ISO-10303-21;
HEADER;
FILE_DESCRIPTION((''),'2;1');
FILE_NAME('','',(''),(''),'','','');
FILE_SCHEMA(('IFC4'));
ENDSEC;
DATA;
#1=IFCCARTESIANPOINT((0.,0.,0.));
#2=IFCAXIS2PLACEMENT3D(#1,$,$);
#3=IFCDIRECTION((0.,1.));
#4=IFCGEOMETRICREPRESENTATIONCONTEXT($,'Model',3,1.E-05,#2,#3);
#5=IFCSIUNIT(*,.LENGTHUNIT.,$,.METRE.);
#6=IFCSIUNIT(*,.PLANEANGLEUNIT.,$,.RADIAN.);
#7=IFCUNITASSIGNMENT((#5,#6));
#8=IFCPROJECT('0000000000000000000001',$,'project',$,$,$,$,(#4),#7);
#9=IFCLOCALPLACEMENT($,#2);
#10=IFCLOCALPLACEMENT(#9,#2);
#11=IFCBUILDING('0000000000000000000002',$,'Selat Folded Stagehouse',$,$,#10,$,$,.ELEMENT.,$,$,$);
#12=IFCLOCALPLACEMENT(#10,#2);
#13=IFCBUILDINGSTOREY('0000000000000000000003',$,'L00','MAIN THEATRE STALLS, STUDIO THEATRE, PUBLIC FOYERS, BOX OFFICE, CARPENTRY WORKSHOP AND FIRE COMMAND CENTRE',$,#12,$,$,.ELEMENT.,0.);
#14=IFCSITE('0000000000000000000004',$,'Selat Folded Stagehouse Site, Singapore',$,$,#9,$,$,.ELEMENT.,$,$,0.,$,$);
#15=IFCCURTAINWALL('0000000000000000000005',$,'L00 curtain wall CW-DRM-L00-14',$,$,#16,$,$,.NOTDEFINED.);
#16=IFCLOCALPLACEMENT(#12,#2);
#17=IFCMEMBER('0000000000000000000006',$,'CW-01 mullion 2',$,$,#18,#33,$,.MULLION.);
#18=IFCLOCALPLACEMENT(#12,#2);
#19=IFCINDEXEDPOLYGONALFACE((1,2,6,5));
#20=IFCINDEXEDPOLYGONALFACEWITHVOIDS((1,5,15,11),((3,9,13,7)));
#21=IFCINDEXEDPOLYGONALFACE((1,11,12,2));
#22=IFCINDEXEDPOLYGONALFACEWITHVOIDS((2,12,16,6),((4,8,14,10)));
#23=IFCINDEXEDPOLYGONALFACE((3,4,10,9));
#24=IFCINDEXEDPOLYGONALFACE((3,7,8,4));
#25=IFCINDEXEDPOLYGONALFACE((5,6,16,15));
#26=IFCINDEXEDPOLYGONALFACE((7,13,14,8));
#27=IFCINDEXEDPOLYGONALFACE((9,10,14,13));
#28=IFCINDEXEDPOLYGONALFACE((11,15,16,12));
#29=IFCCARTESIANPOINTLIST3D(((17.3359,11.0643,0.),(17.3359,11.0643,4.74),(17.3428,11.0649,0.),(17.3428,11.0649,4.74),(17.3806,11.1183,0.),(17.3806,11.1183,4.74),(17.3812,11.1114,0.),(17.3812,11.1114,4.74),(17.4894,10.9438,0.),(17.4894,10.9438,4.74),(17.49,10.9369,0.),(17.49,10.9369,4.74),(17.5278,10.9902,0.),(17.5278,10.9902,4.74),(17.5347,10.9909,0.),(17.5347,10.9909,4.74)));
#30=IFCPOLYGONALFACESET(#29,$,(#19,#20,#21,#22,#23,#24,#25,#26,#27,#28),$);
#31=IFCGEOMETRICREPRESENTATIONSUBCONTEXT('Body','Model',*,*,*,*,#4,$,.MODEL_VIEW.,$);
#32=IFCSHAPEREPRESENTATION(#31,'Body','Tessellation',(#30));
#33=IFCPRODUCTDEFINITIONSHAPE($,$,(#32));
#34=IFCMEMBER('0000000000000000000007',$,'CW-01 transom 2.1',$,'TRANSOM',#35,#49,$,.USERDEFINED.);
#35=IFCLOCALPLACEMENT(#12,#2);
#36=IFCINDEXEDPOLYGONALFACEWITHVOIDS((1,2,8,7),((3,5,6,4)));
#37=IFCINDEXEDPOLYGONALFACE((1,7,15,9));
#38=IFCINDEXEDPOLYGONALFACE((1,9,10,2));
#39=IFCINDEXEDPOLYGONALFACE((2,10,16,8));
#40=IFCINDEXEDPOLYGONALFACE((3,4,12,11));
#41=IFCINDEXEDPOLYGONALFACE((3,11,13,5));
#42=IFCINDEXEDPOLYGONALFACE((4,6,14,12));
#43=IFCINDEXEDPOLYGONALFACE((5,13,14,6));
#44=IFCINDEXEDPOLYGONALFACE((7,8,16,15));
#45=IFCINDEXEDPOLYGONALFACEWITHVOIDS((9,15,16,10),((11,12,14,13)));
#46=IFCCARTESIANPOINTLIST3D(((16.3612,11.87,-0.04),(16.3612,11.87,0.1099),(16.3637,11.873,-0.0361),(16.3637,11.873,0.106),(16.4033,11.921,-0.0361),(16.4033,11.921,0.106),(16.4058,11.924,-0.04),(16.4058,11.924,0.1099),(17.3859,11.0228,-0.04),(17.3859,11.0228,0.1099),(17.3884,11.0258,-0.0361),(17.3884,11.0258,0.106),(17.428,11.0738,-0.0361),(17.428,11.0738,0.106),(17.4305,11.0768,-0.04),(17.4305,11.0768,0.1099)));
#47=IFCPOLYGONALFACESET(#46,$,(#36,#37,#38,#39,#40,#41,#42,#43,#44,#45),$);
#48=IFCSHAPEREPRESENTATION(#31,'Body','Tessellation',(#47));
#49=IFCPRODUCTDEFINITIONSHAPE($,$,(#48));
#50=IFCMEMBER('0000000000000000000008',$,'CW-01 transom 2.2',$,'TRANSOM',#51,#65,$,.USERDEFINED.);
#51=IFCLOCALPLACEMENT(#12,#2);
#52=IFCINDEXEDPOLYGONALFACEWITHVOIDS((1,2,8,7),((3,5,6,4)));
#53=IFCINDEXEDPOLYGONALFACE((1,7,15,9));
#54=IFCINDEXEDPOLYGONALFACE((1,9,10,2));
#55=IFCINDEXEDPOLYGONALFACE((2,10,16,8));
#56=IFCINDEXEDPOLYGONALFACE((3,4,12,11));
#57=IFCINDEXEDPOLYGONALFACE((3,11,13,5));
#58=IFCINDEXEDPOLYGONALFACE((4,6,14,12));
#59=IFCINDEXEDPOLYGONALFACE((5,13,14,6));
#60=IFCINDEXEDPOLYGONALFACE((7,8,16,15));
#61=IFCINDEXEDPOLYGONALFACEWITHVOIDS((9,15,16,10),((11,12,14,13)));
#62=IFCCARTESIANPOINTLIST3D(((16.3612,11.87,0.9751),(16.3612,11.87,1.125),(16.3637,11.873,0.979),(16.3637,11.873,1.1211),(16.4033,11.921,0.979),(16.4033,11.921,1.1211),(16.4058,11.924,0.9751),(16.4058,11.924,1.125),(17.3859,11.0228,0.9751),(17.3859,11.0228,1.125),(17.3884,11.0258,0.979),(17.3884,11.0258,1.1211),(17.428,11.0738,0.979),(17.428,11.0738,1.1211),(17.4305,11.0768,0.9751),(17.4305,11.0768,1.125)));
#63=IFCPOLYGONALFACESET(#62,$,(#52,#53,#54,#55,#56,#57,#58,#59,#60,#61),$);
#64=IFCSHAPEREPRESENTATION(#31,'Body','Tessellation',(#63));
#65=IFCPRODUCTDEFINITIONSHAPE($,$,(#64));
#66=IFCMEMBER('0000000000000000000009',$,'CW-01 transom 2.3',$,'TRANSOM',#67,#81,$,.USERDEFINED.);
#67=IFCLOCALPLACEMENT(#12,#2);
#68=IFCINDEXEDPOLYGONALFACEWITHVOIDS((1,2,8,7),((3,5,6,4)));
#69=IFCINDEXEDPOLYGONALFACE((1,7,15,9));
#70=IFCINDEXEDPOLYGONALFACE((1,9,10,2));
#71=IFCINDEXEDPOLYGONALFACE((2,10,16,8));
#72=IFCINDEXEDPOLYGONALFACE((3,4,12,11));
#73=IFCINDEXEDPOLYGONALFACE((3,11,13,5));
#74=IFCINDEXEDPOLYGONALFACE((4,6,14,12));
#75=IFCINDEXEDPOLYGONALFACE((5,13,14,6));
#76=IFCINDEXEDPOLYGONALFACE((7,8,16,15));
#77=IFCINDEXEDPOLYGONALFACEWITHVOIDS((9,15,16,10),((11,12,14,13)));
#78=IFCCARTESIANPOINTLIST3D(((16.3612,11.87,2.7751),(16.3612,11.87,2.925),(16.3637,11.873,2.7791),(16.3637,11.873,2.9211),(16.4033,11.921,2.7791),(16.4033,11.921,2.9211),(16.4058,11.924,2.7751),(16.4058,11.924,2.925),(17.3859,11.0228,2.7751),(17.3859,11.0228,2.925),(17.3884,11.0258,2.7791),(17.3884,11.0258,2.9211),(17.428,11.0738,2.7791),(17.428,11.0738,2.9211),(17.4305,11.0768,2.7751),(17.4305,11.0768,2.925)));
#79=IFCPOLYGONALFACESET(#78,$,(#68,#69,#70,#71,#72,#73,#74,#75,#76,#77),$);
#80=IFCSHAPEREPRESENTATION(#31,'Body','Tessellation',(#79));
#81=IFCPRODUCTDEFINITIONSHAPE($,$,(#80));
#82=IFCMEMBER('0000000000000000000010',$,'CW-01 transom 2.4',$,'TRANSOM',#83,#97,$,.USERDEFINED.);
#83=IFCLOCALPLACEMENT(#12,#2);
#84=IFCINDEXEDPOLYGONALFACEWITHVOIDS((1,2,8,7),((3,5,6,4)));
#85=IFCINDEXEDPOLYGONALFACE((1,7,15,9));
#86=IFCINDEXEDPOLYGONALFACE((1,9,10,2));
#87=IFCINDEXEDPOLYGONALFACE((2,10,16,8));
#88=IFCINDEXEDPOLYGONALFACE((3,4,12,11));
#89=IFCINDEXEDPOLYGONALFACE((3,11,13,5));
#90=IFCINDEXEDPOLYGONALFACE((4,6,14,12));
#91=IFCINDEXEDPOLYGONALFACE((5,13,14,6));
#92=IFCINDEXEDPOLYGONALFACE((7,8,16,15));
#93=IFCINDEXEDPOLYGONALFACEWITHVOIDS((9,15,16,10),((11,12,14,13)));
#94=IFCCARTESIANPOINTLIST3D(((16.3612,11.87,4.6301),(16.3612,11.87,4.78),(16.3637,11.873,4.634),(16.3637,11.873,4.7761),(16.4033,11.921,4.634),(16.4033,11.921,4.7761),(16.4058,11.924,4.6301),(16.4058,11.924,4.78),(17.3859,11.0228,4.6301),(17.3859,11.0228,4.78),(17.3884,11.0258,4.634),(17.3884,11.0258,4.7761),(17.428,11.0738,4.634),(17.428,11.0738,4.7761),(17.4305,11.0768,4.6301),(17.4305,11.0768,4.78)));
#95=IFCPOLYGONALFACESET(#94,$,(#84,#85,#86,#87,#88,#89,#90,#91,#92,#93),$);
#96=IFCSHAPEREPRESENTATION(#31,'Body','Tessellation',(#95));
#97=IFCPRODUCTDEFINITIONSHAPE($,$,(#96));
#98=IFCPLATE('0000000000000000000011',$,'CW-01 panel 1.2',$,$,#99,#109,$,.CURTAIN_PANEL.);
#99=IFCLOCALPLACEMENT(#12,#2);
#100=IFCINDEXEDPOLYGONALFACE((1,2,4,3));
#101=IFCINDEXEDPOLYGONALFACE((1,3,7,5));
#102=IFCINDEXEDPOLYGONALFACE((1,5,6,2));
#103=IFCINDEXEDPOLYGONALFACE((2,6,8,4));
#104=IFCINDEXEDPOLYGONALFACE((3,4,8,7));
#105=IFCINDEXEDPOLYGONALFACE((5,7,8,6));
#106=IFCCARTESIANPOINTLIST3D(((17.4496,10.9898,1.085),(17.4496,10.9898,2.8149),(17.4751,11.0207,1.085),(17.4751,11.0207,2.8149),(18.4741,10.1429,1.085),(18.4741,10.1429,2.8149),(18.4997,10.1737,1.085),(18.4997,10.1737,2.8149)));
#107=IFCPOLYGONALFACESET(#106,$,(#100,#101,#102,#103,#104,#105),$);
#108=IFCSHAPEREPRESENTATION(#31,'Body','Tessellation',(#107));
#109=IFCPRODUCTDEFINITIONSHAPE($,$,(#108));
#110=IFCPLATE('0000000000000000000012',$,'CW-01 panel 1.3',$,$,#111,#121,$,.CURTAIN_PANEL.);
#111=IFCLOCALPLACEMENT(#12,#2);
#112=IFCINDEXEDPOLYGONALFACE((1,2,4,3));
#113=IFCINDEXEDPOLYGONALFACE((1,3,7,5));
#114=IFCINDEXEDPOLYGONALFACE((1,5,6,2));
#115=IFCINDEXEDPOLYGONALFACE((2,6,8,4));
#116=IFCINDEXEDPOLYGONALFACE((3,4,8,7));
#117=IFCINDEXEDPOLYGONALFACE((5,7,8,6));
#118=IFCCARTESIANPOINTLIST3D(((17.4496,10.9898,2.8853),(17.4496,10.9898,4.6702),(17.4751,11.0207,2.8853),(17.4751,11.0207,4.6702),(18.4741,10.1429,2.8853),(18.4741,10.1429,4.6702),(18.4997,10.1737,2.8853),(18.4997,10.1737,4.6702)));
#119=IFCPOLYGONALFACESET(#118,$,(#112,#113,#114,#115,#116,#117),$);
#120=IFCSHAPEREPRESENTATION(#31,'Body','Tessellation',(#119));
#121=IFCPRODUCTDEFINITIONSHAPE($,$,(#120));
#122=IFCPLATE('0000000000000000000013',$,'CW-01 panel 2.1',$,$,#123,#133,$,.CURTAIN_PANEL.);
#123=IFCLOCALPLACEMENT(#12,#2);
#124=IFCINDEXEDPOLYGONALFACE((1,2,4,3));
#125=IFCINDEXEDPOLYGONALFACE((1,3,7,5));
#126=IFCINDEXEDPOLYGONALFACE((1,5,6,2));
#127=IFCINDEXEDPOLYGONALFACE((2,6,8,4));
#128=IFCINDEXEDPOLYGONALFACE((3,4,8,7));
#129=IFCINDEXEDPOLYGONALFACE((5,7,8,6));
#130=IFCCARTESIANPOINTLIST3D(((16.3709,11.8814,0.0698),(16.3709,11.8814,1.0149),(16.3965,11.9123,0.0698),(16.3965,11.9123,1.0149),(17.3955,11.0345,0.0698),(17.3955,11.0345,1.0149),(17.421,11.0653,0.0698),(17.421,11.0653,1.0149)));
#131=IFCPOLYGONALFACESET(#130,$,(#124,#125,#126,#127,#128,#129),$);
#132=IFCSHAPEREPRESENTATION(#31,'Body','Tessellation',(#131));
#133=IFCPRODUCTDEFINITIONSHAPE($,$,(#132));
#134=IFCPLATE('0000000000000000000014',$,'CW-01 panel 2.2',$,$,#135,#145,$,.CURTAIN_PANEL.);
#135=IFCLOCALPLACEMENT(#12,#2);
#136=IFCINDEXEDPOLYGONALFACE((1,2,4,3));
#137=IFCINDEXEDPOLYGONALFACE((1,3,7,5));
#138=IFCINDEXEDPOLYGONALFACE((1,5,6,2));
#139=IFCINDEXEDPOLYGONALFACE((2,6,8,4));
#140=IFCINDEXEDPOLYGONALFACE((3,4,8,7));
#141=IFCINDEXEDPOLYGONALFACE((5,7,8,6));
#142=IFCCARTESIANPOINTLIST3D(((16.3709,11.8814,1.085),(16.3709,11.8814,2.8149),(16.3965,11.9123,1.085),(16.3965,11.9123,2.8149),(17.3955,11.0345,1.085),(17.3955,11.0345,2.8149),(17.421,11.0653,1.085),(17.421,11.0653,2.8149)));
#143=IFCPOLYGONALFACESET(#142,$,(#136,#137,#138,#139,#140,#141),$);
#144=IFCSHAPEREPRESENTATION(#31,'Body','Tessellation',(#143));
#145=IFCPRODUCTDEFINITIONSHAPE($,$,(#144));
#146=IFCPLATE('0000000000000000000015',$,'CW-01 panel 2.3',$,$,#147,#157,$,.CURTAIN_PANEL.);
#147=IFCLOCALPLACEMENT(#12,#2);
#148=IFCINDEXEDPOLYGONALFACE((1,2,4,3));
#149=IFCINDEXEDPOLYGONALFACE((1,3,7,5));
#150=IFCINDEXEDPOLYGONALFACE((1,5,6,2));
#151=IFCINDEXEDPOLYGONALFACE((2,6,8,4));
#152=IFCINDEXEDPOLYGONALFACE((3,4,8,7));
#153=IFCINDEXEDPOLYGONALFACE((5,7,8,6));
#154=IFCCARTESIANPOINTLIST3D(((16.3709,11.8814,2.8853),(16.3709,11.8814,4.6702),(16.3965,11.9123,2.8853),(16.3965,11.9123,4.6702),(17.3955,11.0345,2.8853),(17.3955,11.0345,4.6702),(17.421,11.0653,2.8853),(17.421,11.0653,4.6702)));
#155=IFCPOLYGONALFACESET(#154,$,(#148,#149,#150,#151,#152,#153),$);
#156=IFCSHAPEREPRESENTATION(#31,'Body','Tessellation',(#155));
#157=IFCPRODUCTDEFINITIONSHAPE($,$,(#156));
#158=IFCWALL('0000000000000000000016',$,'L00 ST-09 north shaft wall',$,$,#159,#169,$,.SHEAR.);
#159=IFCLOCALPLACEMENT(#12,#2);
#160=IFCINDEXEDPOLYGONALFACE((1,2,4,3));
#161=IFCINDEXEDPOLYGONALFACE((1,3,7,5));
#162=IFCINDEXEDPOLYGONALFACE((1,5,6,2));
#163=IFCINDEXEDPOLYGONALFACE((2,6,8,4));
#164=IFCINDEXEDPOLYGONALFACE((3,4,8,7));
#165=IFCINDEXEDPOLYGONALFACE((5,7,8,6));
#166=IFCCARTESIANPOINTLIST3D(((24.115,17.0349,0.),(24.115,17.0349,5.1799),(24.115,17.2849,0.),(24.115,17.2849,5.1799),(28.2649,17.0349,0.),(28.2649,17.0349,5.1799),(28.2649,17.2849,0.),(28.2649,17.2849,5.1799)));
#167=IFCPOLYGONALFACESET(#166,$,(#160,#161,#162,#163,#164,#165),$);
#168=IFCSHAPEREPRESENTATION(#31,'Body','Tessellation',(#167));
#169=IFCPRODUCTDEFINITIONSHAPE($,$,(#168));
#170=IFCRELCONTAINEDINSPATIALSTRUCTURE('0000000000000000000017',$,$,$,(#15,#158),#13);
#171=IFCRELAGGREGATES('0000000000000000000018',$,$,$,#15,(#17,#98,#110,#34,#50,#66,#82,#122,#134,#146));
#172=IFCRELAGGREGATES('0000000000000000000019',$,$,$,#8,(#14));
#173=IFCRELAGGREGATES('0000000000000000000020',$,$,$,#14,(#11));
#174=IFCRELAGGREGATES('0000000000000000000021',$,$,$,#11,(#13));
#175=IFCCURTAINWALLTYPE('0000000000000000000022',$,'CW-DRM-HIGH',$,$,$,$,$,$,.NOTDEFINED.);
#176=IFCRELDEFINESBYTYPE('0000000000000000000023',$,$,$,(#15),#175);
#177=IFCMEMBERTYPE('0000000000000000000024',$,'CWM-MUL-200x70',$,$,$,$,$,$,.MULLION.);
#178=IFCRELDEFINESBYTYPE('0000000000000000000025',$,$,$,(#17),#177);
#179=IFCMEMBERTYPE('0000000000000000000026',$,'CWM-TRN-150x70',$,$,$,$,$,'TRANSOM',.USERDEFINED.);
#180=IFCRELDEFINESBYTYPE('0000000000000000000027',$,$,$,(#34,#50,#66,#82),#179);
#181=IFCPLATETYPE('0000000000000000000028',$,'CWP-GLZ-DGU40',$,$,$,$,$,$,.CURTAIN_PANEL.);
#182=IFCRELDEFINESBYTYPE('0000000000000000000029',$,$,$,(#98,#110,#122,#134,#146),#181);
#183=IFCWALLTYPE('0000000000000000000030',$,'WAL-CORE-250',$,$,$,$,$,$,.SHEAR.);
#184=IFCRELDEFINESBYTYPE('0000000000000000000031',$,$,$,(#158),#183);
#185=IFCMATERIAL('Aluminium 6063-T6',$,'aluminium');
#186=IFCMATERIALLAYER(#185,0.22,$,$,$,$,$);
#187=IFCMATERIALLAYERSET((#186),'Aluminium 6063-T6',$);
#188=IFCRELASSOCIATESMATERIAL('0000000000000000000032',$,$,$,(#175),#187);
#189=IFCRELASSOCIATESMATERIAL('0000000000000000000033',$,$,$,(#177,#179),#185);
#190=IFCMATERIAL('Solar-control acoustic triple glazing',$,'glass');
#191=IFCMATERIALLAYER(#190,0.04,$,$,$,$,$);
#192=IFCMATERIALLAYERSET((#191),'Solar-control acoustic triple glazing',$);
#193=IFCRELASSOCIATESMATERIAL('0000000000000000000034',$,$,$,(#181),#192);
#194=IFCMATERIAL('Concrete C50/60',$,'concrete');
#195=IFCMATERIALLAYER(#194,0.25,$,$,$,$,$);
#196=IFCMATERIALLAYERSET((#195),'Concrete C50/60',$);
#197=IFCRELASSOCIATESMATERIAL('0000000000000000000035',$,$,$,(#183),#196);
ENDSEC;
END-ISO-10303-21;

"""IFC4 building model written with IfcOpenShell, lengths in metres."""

from ifc_helpers import new_model, si_unit, direction, frame, frame_2d, origin, origin_2d, place, context, subcontext, project, spatial, rectangle, hollow_rectangle, extrude, material, layer, layer_set, material_profile, profile_set, type_object, element, aggregate, save


model = new_model("IFC4")

# Units and contexts
model_context = context("Model", 3, precision=1e-05, world=origin(), true_north=direction((0.0, 1.0)))
body_context = subcontext(model_context, "Body", "Model", "MODEL_VIEW")
ifc_project = project(units=[si_unit("LENGTHUNIT", "METRE"), si_unit("PLANEANGLEUNIT", "RADIAN")], contexts=[model_context])

# Site, building, storey
site_placement = place(None, origin())
site = spatial("IfcSite", under=ifc_project, at=site_placement, Name="Selat Folded Stagehouse Site, Singapore", CompositionType="ELEMENT", RefElevation=0.0)
building_placement = place(site_placement, origin())
building = spatial("IfcBuilding", under=site, at=building_placement, Name="Selat Folded Stagehouse", CompositionType="ELEMENT")
storey_placement = place(building_placement, origin())
storey = spatial("IfcBuildingStorey", under=building, at=storey_placement, Name="L00", Description="MAIN THEATRE STALLS, STUDIO THEATRE, PUBLIC FOYERS, BOX OFFICE, CARPENTRY WORKSHOP AND FIRE COMMAND CENTRE", CompositionType="ELEMENT", Elevation=0.0)

# Curtain wall, members, plates
ifc_material_1 = material(Name="Aluminium 6063-T6", Category="aluminium")
ifc_layer_1 = layer(ifc_material_1, 0.22)
ifc_layer_set_1 = layer_set([ifc_layer_1], Name="Aluminium 6063-T6")
curtain_wall_type = type_object("IfcCurtainWallType", Name="CW-DRM-HIGH", PredefinedType="NOTDEFINED", material=ifc_layer_set_1)
curtain_wall_placement = place(storey_placement, origin())
curtain_wall = element("IfcCurtainWall", 1, at=curtain_wall_placement, inside=storey, type_object=curtain_wall_type, Name="L00 curtain wall CW-DRM-L00-14", PredefinedType="NOTDEFINED")
ifc_material_profile_1 = material_profile(ifc_material_1, hollow_rectangle(XDim=0.0701, YDim=0.2, WallThickness=0.0049, at=origin_2d()), Name="ALU 200x70x5.0")
ifc_profile_set_1 = profile_set([ifc_material_profile_1], Name="Aluminium 6063-T6")
member_type_1 = type_object("IfcMemberType", Name="CWM-MUL-200x70", PredefinedType="MULLION", material=ifc_profile_set_1)
member_1_placement = place(storey_placement, frame((17.4353, 11.0276, 0.0), z_axis=(0.0, 0.0, 1.0), x_axis=(-0.637142, -0.770747, 0.0)))
member_1 = element("IfcMember", 2, at=member_1_placement, type_object=member_type_1, Name="CW-01 mullion 2", PredefinedType="MULLION", context=body_context, shape_type="SweptSolid", body=[
    extrude(hollow_rectangle(XDim=0.0701, YDim=0.2, WallThickness=0.0049, at=origin_2d()), origin(), (0.0, 0.0, 1.0), 4.74),
])
ifc_material_profile_2 = material_profile(ifc_material_1, hollow_rectangle(XDim=0.0701, YDim=0.1499, WallThickness=0.0039, at=origin_2d()), Name="ALU 150x70x4.0")
ifc_profile_set_2 = profile_set([ifc_material_profile_2], Name="Aluminium 6063-T6")
member_type_2 = type_object("IfcMemberType", Name="CWM-TRN-150x70", ElementType="TRANSOM", PredefinedType="USERDEFINED", material=ifc_profile_set_2)
member_2_placement = place(storey_placement, frame((17.4082, 11.0498, 0.0349), z_axis=(-0.770699, 0.637199, 0.0), x_axis=(-0.637199, -0.770699, 0.0)))
member_2 = element("IfcMember", 3, at=member_2_placement, type_object=member_type_2, Name="CW-01 transom 2.1", ObjectType="TRANSOM", PredefinedType="USERDEFINED", context=body_context, shape_type="SweptSolid", body=[
    extrude(hollow_rectangle(XDim=0.0701, YDim=0.1499, WallThickness=0.0039, at=origin_2d()), origin(), (0.0, 0.0, 1.0), 1.3296),
])
member_3_placement = place(storey_placement, frame((17.4082, 11.0498, 1.05), z_axis=(-0.770699, 0.637199, 0.0), x_axis=(-0.637199, -0.770699, 0.0)))
member_3 = element("IfcMember", 4, at=member_3_placement, type_object=member_type_2, Name="CW-01 transom 2.2", ObjectType="TRANSOM", PredefinedType="USERDEFINED", context=body_context, shape_type="SweptSolid", body=[
    extrude(hollow_rectangle(XDim=0.0701, YDim=0.1499, WallThickness=0.0039, at=origin_2d()), origin(), (0.0, 0.0, 1.0), 1.3296),
])
member_4_placement = place(storey_placement, frame((17.4082, 11.0498, 2.8501), z_axis=(-0.770699, 0.637199, 0.0), x_axis=(-0.637199, -0.770699, 0.0)))
member_4 = element("IfcMember", 5, at=member_4_placement, type_object=member_type_2, Name="CW-01 transom 2.3", ObjectType="TRANSOM", PredefinedType="USERDEFINED", context=body_context, shape_type="SweptSolid", body=[
    extrude(hollow_rectangle(XDim=0.0701, YDim=0.1499, WallThickness=0.0039, at=origin_2d()), origin(), (0.0, 0.0, 1.0), 1.3296),
])
member_5_placement = place(storey_placement, frame((17.4082, 11.0498, 4.7051), z_axis=(-0.770699, 0.637199, 0.0), x_axis=(-0.637199, -0.770699, 0.0)))
member_5 = element("IfcMember", 6, at=member_5_placement, type_object=member_type_2, Name="CW-01 transom 2.4", ObjectType="TRANSOM", PredefinedType="USERDEFINED", context=body_context, shape_type="SweptSolid", body=[
    extrude(hollow_rectangle(XDim=0.0701, YDim=0.1499, WallThickness=0.0039, at=origin_2d()), origin(), (0.0, 0.0, 1.0), 1.3296),
])
ifc_material_2 = material(Name="Solar-control acoustic triple glazing", Category="glass")
ifc_layer_2 = layer(ifc_material_2, 0.04)
ifc_layer_set_2 = layer_set([ifc_layer_2], Name="Solar-control acoustic triple glazing")
plate_type = type_object("IfcPlateType", Name="CWP-GLZ-DGU40", PredefinedType="CURTAIN_PANEL", material=ifc_layer_set_2)
plate_1_placement = place(storey_placement, frame((17.9746, 10.5818, 1.085), z_axis=(0.0, 0.0, 1.0), x_axis=(-0.770747, 0.637142, 0.0)))
plate_1 = element("IfcPlate", 7, at=plate_1_placement, type_object=plate_type, Name="CW-01 panel 1.2", PredefinedType="CURTAIN_PANEL", context=body_context, shape_type="SweptSolid", body=[
    extrude(rectangle(XDim=1.3293, YDim=0.04, at=origin_2d()), origin(), (0.0, 0.0, 1.0), 1.73),
])
plate_2_placement = place(storey_placement, frame((17.9746, 10.5818, 2.8853), z_axis=(0.0, 0.0, 1.0), x_axis=(-0.770747, 0.637142, 0.0)))
plate_2 = element("IfcPlate", 8, at=plate_2_placement, type_object=plate_type, Name="CW-01 panel 1.3", PredefinedType="CURTAIN_PANEL", context=body_context, shape_type="SweptSolid", body=[
    extrude(rectangle(XDim=1.3293, YDim=0.04, at=origin_2d()), origin(), (0.0, 0.0, 1.0), 1.7849),
])
plate_3_placement = place(storey_placement, frame((16.896, 11.4734, 0.0698), z_axis=(0.0, 0.0, 1.0), x_axis=(-0.770747, 0.637142, 0.0)))
plate_3 = element("IfcPlate", 9, at=plate_3_placement, type_object=plate_type, Name="CW-01 panel 2.1", PredefinedType="CURTAIN_PANEL", context=body_context, shape_type="SweptSolid", body=[
    extrude(rectangle(XDim=1.3293, YDim=0.04, at=origin_2d()), origin(), (0.0, 0.0, 1.0), 0.9451),
])
plate_4_placement = place(storey_placement, frame((16.896, 11.4734, 1.085), z_axis=(0.0, 0.0, 1.0), x_axis=(-0.770747, 0.637142, 0.0)))
plate_4 = element("IfcPlate", 10, at=plate_4_placement, type_object=plate_type, Name="CW-01 panel 2.2", PredefinedType="CURTAIN_PANEL", context=body_context, shape_type="SweptSolid", body=[
    extrude(rectangle(XDim=1.3293, YDim=0.04, at=origin_2d()), origin(), (0.0, 0.0, 1.0), 1.73),
])
plate_5_placement = place(storey_placement, frame((16.896, 11.4734, 2.8853), z_axis=(0.0, 0.0, 1.0), x_axis=(-0.770747, 0.637142, 0.0)))
plate_5 = element("IfcPlate", 11, at=plate_5_placement, type_object=plate_type, Name="CW-01 panel 2.3", PredefinedType="CURTAIN_PANEL", context=body_context, shape_type="SweptSolid", body=[
    extrude(rectangle(XDim=1.3293, YDim=0.04, at=origin_2d()), origin(), (0.0, 0.0, 1.0), 1.7849),
])
aggregate(curtain_wall, [member_1, plate_1, plate_2, member_2, member_3, member_4, member_5, plate_3, plate_4, plate_5])

# Wall
ifc_material_3 = material(Name="Concrete C50/60", Category="concrete")
ifc_layer_3 = layer(ifc_material_3, 0.25)
ifc_layer_set_3 = layer_set([ifc_layer_3], Name="Concrete C50/60")
wall_type = type_object("IfcWallType", Name="WAL-CORE-250", PredefinedType="SHEAR", material=ifc_layer_set_3)
wall_1_placement = place(storey_placement, frame((24.115, 17.1599, 0.0), z_axis=(0.0, 0.0, 1.0), x_axis=(1.0, 0.0, 0.0)))
element("IfcWall", 12, at=wall_1_placement, inside=storey, type_object=wall_type, Name="L00 ST-09 north shaft wall", PredefinedType="SHEAR", context=body_context, shape_type="SweptSolid", body=[
    extrude(rectangle(XDim=4.1499, YDim=0.25, at=frame_2d((2.075, 0.0))), origin(), (0.0, 0.0, 1.0), 5.1799),
])

save(model, "model.ifc")
